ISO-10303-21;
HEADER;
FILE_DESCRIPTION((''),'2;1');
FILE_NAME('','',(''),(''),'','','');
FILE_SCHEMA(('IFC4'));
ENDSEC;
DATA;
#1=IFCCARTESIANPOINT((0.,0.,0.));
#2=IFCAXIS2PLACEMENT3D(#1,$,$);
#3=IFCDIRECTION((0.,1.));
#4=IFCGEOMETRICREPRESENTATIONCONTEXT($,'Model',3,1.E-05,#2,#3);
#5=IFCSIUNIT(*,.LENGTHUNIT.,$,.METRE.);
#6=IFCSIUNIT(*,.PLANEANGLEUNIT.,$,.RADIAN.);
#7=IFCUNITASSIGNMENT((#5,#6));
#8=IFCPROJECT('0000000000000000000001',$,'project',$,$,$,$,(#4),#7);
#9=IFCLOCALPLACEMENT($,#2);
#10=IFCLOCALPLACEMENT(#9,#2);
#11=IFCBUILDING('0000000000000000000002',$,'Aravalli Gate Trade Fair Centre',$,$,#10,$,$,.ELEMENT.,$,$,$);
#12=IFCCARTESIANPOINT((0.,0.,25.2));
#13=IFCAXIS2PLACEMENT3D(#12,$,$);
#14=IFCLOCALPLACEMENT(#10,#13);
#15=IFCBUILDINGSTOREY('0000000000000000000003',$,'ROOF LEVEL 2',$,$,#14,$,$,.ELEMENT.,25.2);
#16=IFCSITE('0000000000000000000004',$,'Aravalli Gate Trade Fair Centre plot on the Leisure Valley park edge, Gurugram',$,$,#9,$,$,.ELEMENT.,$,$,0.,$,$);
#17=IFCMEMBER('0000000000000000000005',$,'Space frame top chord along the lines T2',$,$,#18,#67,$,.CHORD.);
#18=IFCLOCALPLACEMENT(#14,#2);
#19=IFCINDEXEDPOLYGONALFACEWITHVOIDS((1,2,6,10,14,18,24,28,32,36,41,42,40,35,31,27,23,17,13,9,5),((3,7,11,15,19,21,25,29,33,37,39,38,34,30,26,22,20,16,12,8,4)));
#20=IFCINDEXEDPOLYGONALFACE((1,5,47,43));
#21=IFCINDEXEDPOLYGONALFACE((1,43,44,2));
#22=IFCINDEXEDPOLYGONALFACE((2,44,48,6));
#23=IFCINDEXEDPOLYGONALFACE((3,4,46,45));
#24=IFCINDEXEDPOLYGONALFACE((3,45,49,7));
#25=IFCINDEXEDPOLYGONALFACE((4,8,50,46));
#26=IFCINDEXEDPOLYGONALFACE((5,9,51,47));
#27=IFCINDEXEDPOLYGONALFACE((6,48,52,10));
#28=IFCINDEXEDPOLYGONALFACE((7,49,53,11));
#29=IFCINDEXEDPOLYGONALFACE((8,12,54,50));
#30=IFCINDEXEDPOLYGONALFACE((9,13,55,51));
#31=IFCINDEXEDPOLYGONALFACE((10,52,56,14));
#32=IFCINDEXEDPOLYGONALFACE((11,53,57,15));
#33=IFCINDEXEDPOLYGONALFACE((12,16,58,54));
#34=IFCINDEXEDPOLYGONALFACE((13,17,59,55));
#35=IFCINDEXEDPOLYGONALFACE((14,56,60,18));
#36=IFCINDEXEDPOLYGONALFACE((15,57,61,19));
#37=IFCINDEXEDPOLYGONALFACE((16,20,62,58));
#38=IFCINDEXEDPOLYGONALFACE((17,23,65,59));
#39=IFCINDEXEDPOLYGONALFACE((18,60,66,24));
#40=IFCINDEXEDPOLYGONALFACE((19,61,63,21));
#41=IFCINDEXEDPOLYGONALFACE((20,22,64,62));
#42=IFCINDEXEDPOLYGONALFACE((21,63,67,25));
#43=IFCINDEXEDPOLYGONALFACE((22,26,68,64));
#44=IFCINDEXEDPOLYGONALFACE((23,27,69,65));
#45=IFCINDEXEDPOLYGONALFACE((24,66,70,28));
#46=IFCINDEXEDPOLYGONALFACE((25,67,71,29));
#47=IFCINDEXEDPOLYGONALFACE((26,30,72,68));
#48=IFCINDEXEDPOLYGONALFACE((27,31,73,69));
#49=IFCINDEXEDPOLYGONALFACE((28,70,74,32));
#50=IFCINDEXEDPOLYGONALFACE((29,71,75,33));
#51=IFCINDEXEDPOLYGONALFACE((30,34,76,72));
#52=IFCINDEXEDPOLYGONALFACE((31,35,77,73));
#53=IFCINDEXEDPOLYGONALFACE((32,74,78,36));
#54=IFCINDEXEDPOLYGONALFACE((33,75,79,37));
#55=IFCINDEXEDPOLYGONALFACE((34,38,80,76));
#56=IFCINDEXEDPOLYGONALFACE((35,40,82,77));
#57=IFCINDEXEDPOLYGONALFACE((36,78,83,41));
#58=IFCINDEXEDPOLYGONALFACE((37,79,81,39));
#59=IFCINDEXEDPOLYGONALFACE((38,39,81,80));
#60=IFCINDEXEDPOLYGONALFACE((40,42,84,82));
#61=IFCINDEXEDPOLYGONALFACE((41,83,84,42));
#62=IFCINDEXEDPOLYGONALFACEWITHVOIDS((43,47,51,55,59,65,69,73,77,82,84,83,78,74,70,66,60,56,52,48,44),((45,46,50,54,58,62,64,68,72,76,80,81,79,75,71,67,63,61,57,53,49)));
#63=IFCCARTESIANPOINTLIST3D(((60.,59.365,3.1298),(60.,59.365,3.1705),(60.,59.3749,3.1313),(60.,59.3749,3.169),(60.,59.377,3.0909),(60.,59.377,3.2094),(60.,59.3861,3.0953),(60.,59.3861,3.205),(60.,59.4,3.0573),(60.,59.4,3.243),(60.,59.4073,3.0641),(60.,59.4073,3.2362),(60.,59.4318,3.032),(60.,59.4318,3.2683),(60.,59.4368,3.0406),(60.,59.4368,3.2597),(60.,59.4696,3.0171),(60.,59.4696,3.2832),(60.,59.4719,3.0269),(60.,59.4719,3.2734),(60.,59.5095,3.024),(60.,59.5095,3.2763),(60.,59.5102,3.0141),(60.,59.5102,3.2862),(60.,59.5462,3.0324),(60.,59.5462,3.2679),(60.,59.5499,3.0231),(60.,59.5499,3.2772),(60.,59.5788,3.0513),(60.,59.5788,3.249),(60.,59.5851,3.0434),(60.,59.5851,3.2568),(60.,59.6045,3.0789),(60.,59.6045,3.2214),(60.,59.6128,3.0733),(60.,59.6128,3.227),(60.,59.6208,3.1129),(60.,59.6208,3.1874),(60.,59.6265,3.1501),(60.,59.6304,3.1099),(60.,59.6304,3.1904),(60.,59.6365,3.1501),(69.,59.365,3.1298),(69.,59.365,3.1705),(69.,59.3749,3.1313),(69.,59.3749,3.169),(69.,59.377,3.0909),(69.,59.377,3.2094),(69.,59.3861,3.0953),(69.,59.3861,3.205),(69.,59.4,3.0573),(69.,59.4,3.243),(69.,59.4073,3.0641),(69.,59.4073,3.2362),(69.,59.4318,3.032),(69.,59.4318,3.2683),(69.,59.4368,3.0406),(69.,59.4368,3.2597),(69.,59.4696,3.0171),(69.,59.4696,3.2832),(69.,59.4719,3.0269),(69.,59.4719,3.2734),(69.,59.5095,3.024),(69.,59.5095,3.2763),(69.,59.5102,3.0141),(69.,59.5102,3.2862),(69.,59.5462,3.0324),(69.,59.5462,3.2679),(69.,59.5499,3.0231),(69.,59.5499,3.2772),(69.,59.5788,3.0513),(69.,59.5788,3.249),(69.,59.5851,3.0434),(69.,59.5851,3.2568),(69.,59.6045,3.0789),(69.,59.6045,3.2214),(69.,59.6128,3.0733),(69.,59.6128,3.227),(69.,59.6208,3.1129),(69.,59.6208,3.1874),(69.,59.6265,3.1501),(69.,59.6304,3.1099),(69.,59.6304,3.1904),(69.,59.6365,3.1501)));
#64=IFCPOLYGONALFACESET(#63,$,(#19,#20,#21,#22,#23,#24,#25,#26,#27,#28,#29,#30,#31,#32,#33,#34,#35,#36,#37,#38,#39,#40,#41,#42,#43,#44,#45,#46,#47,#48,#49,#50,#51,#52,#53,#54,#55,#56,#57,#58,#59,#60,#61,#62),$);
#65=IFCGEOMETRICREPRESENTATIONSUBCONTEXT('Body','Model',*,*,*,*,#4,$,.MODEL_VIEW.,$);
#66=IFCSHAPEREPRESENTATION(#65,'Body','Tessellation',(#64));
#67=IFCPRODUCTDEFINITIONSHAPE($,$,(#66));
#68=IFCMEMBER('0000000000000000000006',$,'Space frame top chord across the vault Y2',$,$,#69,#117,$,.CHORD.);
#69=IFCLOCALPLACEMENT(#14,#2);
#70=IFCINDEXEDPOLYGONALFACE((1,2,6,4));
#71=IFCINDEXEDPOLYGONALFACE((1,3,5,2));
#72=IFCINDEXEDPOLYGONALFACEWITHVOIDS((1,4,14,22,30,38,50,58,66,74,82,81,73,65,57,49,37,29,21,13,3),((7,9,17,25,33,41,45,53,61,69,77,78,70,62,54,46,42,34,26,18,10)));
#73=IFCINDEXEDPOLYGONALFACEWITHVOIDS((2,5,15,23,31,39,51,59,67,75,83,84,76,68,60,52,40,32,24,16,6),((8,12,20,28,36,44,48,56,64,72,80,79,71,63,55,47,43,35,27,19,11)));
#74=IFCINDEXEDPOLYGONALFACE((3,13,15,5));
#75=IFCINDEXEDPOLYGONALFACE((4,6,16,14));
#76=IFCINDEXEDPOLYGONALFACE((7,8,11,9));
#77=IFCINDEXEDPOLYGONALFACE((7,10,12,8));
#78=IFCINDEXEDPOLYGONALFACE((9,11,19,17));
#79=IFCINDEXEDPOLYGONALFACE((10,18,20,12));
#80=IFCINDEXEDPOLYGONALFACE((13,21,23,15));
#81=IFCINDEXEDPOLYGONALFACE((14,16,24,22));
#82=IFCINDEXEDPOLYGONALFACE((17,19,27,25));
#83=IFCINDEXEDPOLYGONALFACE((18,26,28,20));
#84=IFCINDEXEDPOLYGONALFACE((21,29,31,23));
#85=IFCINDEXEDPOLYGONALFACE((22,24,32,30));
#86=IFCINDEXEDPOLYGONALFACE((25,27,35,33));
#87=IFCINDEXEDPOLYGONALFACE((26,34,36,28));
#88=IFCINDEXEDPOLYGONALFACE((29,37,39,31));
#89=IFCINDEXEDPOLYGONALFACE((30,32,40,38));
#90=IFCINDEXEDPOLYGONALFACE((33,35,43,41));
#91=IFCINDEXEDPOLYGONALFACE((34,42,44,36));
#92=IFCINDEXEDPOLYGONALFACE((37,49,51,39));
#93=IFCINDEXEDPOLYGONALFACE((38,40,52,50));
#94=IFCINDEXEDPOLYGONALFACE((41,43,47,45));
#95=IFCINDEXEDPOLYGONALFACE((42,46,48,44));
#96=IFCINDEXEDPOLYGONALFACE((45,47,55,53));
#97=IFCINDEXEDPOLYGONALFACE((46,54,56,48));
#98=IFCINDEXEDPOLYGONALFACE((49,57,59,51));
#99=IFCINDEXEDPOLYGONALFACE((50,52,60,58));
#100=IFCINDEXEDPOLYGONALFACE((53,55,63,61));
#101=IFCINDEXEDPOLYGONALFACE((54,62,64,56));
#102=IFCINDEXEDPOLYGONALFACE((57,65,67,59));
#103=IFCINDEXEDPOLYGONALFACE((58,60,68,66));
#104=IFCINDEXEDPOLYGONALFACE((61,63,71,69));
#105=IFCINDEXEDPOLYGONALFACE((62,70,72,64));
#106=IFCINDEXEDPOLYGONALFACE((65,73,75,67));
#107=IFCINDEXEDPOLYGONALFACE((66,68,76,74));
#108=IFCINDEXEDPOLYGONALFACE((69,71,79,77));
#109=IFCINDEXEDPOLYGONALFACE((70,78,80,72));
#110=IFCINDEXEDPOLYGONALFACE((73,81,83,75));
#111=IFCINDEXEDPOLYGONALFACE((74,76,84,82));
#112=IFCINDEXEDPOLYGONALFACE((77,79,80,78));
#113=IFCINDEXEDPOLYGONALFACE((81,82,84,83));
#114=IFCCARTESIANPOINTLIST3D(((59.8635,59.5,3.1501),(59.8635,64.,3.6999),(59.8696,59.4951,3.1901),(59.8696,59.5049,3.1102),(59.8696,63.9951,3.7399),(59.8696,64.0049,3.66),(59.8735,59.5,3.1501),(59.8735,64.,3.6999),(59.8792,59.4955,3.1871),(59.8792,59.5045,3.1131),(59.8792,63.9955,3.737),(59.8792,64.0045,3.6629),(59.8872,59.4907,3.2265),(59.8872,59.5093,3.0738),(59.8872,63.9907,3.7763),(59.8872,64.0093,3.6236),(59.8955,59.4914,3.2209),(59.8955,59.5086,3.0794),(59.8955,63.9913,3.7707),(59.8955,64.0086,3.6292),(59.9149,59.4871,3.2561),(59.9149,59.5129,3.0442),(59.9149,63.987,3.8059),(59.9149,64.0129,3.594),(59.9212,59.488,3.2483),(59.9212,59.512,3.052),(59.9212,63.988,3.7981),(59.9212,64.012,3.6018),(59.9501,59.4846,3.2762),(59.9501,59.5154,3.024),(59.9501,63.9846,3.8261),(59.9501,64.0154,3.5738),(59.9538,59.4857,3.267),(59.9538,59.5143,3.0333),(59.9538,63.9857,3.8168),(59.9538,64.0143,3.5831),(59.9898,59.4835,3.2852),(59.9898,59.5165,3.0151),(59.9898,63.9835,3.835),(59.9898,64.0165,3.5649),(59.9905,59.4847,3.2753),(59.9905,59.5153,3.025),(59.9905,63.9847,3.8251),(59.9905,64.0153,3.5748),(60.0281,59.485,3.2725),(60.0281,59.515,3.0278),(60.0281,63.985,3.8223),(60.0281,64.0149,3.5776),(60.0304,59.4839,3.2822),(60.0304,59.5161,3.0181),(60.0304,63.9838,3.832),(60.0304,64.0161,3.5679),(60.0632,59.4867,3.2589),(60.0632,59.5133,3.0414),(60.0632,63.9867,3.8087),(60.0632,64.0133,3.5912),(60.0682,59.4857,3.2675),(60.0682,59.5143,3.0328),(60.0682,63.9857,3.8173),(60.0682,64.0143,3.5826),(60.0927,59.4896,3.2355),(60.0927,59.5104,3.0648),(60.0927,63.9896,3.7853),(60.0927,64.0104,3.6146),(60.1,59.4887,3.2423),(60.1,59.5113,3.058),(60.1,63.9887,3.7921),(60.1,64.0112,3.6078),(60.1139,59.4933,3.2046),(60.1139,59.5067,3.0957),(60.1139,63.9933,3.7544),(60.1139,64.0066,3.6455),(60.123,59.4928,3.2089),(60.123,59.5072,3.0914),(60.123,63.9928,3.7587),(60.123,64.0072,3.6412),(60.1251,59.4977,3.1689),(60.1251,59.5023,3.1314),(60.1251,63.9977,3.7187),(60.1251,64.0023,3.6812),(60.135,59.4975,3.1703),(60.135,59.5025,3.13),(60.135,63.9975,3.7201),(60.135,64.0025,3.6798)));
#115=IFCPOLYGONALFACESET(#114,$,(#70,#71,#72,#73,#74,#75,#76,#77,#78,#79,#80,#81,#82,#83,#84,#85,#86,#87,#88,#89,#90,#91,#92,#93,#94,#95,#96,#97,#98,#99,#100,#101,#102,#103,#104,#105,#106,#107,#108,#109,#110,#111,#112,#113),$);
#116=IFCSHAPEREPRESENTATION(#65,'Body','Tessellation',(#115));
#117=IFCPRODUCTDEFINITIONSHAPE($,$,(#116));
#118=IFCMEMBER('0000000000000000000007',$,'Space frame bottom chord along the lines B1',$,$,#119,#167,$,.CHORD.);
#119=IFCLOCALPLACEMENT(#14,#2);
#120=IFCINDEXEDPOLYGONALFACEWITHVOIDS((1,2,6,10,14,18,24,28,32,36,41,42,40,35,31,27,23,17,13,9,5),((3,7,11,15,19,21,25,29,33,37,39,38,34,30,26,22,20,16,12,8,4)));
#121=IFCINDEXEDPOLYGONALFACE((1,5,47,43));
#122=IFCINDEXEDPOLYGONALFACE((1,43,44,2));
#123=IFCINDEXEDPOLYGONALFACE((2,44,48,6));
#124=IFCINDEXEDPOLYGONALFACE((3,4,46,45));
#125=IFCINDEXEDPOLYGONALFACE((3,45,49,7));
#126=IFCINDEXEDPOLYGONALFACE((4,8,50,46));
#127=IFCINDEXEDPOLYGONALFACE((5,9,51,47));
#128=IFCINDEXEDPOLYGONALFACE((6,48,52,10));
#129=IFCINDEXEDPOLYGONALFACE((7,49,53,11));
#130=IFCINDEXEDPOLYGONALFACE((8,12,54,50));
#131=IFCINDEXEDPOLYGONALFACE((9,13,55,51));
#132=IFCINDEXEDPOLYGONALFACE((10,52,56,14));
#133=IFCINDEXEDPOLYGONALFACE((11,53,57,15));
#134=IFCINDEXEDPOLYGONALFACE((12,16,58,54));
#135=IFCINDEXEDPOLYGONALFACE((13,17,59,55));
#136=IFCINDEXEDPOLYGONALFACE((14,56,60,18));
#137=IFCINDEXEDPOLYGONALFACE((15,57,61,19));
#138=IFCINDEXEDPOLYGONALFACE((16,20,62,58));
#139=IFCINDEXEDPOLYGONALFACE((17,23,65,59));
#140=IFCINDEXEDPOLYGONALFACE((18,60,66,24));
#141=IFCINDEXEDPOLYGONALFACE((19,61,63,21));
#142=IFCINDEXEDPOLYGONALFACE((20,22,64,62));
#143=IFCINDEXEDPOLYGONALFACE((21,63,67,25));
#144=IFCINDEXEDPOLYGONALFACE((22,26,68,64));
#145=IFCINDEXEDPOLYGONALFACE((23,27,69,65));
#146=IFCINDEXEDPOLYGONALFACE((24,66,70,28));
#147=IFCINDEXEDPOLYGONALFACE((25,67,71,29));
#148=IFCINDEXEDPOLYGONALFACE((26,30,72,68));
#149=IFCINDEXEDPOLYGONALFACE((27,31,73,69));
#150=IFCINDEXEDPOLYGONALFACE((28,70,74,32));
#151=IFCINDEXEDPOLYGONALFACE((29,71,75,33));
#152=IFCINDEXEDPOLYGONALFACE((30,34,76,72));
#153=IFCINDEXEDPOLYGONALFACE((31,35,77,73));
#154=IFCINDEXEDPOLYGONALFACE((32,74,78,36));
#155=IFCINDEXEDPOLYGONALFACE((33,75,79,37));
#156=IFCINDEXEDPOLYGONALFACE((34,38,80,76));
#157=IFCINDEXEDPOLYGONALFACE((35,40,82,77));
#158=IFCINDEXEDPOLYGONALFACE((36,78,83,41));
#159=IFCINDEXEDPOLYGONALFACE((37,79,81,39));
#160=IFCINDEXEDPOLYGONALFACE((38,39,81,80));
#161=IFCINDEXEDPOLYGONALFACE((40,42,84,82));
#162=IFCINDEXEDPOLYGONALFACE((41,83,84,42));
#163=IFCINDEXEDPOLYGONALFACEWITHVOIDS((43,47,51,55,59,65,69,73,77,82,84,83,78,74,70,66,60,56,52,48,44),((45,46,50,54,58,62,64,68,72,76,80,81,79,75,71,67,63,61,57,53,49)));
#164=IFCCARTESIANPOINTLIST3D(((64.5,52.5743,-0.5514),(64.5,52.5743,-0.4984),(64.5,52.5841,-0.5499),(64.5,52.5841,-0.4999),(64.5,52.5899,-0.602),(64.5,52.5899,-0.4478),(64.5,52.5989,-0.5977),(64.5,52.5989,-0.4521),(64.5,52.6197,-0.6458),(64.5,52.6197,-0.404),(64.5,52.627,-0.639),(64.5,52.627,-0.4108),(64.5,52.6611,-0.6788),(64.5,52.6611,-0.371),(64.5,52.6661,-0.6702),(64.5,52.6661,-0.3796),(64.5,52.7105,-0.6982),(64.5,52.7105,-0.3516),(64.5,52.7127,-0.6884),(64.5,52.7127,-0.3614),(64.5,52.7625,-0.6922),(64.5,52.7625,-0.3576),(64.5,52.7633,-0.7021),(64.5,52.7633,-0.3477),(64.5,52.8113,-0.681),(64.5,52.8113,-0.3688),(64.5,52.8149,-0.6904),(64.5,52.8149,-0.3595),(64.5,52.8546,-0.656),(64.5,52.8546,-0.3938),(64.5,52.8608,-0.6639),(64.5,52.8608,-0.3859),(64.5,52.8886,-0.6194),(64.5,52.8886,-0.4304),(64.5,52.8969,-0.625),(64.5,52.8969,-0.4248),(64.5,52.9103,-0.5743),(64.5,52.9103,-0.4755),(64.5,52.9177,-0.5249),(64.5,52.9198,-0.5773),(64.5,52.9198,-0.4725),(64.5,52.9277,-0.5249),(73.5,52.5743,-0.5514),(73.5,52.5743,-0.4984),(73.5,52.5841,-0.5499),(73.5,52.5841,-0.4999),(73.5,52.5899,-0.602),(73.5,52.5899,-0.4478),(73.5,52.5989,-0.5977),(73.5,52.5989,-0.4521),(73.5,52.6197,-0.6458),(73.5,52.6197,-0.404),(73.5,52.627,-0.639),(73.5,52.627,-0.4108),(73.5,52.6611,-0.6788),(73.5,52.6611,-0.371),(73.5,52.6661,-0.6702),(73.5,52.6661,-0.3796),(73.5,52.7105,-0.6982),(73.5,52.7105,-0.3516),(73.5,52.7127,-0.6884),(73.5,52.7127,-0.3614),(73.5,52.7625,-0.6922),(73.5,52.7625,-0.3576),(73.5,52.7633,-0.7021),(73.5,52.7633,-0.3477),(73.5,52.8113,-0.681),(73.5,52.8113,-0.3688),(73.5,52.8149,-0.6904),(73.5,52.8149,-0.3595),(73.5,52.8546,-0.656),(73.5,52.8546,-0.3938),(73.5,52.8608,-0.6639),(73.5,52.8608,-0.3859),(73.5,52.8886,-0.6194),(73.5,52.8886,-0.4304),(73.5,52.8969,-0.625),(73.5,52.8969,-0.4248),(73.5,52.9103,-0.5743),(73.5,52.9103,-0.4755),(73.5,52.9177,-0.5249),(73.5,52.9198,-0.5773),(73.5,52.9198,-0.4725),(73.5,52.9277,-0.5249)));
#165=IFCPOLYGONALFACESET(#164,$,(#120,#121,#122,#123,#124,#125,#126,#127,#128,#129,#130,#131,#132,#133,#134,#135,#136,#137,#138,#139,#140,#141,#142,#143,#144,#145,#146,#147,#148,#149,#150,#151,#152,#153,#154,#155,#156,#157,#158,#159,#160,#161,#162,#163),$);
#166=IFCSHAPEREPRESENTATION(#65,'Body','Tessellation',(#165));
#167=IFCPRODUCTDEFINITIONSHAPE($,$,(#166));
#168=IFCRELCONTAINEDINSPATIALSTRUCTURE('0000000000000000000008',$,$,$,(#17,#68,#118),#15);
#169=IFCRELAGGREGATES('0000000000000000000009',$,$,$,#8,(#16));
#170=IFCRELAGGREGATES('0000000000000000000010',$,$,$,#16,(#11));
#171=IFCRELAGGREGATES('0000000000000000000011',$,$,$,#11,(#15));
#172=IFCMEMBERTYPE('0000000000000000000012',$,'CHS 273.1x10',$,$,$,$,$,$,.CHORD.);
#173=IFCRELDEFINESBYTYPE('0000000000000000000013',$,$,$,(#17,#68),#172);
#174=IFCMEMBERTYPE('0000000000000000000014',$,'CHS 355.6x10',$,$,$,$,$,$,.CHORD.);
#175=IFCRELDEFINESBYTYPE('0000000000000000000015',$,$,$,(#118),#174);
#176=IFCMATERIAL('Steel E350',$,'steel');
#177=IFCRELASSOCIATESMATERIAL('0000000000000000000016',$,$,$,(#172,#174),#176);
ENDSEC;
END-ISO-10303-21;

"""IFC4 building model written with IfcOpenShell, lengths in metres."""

from ifc_helpers import new_model, si_unit, direction, frame, origin, origin_2d, place, context, subcontext, project, spatial, hollow_circle, extrude, material, material_profile, profile_set, type_object, element, save


model = new_model("IFC4")

# Units and contexts
model_context = context("Model", 3, precision=1e-05, world=origin(), true_north=direction((0.0, 1.0)))
body_context = subcontext(model_context, "Body", "Model", "MODEL_VIEW")
ifc_project = project(units=[si_unit("LENGTHUNIT", "METRE"), si_unit("PLANEANGLEUNIT", "RADIAN")], contexts=[model_context])

# Site, building, storey
site_placement = place(None, origin())
site = spatial("IfcSite", under=ifc_project, at=site_placement, Name="Aravalli Gate Trade Fair Centre plot on the Leisure Valley park edge, Gurugram", CompositionType="ELEMENT", RefElevation=0.0)
building_placement = place(site_placement, origin())
building = spatial("IfcBuilding", under=site, at=building_placement, Name="Aravalli Gate Trade Fair Centre", CompositionType="ELEMENT")
storey_placement = place(building_placement, frame((0.0, 0.0, 25.2)))
storey = spatial("IfcBuildingStorey", under=building, at=storey_placement, Name="ROOF LEVEL 2", CompositionType="ELEMENT", Elevation=25.2)

# Members
ifc_material = material(Name="Steel E350", Category="steel")
ifc_material_profile_1 = material_profile(ifc_material, hollow_circle(Radius=0.1365, WallThickness=0.01, at=origin_2d()), Name="CHS 273.1x10")
ifc_profile_set_1 = profile_set([ifc_material_profile_1], Name="Steel E350")
member_type_1 = type_object("IfcMemberType", Name="CHS 273.1x10", PredefinedType="CHORD", material=ifc_profile_set_1)
member_1_placement = place(storey_placement, frame((60.0, 59.5, 3.1501), z_axis=(1.0, 0.0, 0.0), x_axis=(0.0, 1.0, 0.0)))
element("IfcMember", 1, at=member_1_placement, inside=storey, type_object=member_type_1, Name="Space frame top chord along the lines T2", PredefinedType="CHORD", context=body_context, shape_type="SweptSolid", body=[
    extrude(hollow_circle(Radius=0.1365, WallThickness=0.01, at=origin_2d()), origin(), (0.0, 0.0, 1.0), 9.0),
])
member_2_placement = place(storey_placement, frame((60.0, 59.5, 3.1501), z_axis=(0.0, 0.992619, 0.121277), x_axis=(-1.0, 0.0, 0.0)))
element("IfcMember", 2, at=member_2_placement, inside=storey, type_object=member_type_1, Name="Space frame top chord across the vault Y2", PredefinedType="CHORD", context=body_context, shape_type="SweptSolid", body=[
    extrude(hollow_circle(Radius=0.1365, WallThickness=0.01, at=origin_2d()), origin(), (0.0, 0.0, 1.0), 4.5334),
])
ifc_material_profile_2 = material_profile(ifc_material, hollow_circle(Radius=0.1777, WallThickness=0.01, at=origin_2d()), Name="CHS 355.6x10")
ifc_profile_set_2 = profile_set([ifc_material_profile_2], Name="Steel E350")
member_type_2 = type_object("IfcMemberType", Name="CHS 355.6x10", PredefinedType="CHORD", material=ifc_profile_set_2)
for number, where, z_axis, x_axis, name in (
    (3, (64.5, 52.75, -0.5249), (1.0, 0.0, 0.0), (0.0, 1.0, 0.0), "Space frame bottom chord along the lines B1"),
):
    element("IfcMember", number, at=place(storey_placement, frame(where, z_axis=z_axis, x_axis=x_axis)), inside=storey, type_object=member_type_2, Name=name, PredefinedType="CHORD", context=body_context, shape_type="SweptSolid", body=[
        extrude(hollow_circle(Radius=0.1777, WallThickness=0.01, at=origin_2d()), origin(), (0.0, 0.0, 1.0), 9.0),
    ])

save(model, "model.ifc")
